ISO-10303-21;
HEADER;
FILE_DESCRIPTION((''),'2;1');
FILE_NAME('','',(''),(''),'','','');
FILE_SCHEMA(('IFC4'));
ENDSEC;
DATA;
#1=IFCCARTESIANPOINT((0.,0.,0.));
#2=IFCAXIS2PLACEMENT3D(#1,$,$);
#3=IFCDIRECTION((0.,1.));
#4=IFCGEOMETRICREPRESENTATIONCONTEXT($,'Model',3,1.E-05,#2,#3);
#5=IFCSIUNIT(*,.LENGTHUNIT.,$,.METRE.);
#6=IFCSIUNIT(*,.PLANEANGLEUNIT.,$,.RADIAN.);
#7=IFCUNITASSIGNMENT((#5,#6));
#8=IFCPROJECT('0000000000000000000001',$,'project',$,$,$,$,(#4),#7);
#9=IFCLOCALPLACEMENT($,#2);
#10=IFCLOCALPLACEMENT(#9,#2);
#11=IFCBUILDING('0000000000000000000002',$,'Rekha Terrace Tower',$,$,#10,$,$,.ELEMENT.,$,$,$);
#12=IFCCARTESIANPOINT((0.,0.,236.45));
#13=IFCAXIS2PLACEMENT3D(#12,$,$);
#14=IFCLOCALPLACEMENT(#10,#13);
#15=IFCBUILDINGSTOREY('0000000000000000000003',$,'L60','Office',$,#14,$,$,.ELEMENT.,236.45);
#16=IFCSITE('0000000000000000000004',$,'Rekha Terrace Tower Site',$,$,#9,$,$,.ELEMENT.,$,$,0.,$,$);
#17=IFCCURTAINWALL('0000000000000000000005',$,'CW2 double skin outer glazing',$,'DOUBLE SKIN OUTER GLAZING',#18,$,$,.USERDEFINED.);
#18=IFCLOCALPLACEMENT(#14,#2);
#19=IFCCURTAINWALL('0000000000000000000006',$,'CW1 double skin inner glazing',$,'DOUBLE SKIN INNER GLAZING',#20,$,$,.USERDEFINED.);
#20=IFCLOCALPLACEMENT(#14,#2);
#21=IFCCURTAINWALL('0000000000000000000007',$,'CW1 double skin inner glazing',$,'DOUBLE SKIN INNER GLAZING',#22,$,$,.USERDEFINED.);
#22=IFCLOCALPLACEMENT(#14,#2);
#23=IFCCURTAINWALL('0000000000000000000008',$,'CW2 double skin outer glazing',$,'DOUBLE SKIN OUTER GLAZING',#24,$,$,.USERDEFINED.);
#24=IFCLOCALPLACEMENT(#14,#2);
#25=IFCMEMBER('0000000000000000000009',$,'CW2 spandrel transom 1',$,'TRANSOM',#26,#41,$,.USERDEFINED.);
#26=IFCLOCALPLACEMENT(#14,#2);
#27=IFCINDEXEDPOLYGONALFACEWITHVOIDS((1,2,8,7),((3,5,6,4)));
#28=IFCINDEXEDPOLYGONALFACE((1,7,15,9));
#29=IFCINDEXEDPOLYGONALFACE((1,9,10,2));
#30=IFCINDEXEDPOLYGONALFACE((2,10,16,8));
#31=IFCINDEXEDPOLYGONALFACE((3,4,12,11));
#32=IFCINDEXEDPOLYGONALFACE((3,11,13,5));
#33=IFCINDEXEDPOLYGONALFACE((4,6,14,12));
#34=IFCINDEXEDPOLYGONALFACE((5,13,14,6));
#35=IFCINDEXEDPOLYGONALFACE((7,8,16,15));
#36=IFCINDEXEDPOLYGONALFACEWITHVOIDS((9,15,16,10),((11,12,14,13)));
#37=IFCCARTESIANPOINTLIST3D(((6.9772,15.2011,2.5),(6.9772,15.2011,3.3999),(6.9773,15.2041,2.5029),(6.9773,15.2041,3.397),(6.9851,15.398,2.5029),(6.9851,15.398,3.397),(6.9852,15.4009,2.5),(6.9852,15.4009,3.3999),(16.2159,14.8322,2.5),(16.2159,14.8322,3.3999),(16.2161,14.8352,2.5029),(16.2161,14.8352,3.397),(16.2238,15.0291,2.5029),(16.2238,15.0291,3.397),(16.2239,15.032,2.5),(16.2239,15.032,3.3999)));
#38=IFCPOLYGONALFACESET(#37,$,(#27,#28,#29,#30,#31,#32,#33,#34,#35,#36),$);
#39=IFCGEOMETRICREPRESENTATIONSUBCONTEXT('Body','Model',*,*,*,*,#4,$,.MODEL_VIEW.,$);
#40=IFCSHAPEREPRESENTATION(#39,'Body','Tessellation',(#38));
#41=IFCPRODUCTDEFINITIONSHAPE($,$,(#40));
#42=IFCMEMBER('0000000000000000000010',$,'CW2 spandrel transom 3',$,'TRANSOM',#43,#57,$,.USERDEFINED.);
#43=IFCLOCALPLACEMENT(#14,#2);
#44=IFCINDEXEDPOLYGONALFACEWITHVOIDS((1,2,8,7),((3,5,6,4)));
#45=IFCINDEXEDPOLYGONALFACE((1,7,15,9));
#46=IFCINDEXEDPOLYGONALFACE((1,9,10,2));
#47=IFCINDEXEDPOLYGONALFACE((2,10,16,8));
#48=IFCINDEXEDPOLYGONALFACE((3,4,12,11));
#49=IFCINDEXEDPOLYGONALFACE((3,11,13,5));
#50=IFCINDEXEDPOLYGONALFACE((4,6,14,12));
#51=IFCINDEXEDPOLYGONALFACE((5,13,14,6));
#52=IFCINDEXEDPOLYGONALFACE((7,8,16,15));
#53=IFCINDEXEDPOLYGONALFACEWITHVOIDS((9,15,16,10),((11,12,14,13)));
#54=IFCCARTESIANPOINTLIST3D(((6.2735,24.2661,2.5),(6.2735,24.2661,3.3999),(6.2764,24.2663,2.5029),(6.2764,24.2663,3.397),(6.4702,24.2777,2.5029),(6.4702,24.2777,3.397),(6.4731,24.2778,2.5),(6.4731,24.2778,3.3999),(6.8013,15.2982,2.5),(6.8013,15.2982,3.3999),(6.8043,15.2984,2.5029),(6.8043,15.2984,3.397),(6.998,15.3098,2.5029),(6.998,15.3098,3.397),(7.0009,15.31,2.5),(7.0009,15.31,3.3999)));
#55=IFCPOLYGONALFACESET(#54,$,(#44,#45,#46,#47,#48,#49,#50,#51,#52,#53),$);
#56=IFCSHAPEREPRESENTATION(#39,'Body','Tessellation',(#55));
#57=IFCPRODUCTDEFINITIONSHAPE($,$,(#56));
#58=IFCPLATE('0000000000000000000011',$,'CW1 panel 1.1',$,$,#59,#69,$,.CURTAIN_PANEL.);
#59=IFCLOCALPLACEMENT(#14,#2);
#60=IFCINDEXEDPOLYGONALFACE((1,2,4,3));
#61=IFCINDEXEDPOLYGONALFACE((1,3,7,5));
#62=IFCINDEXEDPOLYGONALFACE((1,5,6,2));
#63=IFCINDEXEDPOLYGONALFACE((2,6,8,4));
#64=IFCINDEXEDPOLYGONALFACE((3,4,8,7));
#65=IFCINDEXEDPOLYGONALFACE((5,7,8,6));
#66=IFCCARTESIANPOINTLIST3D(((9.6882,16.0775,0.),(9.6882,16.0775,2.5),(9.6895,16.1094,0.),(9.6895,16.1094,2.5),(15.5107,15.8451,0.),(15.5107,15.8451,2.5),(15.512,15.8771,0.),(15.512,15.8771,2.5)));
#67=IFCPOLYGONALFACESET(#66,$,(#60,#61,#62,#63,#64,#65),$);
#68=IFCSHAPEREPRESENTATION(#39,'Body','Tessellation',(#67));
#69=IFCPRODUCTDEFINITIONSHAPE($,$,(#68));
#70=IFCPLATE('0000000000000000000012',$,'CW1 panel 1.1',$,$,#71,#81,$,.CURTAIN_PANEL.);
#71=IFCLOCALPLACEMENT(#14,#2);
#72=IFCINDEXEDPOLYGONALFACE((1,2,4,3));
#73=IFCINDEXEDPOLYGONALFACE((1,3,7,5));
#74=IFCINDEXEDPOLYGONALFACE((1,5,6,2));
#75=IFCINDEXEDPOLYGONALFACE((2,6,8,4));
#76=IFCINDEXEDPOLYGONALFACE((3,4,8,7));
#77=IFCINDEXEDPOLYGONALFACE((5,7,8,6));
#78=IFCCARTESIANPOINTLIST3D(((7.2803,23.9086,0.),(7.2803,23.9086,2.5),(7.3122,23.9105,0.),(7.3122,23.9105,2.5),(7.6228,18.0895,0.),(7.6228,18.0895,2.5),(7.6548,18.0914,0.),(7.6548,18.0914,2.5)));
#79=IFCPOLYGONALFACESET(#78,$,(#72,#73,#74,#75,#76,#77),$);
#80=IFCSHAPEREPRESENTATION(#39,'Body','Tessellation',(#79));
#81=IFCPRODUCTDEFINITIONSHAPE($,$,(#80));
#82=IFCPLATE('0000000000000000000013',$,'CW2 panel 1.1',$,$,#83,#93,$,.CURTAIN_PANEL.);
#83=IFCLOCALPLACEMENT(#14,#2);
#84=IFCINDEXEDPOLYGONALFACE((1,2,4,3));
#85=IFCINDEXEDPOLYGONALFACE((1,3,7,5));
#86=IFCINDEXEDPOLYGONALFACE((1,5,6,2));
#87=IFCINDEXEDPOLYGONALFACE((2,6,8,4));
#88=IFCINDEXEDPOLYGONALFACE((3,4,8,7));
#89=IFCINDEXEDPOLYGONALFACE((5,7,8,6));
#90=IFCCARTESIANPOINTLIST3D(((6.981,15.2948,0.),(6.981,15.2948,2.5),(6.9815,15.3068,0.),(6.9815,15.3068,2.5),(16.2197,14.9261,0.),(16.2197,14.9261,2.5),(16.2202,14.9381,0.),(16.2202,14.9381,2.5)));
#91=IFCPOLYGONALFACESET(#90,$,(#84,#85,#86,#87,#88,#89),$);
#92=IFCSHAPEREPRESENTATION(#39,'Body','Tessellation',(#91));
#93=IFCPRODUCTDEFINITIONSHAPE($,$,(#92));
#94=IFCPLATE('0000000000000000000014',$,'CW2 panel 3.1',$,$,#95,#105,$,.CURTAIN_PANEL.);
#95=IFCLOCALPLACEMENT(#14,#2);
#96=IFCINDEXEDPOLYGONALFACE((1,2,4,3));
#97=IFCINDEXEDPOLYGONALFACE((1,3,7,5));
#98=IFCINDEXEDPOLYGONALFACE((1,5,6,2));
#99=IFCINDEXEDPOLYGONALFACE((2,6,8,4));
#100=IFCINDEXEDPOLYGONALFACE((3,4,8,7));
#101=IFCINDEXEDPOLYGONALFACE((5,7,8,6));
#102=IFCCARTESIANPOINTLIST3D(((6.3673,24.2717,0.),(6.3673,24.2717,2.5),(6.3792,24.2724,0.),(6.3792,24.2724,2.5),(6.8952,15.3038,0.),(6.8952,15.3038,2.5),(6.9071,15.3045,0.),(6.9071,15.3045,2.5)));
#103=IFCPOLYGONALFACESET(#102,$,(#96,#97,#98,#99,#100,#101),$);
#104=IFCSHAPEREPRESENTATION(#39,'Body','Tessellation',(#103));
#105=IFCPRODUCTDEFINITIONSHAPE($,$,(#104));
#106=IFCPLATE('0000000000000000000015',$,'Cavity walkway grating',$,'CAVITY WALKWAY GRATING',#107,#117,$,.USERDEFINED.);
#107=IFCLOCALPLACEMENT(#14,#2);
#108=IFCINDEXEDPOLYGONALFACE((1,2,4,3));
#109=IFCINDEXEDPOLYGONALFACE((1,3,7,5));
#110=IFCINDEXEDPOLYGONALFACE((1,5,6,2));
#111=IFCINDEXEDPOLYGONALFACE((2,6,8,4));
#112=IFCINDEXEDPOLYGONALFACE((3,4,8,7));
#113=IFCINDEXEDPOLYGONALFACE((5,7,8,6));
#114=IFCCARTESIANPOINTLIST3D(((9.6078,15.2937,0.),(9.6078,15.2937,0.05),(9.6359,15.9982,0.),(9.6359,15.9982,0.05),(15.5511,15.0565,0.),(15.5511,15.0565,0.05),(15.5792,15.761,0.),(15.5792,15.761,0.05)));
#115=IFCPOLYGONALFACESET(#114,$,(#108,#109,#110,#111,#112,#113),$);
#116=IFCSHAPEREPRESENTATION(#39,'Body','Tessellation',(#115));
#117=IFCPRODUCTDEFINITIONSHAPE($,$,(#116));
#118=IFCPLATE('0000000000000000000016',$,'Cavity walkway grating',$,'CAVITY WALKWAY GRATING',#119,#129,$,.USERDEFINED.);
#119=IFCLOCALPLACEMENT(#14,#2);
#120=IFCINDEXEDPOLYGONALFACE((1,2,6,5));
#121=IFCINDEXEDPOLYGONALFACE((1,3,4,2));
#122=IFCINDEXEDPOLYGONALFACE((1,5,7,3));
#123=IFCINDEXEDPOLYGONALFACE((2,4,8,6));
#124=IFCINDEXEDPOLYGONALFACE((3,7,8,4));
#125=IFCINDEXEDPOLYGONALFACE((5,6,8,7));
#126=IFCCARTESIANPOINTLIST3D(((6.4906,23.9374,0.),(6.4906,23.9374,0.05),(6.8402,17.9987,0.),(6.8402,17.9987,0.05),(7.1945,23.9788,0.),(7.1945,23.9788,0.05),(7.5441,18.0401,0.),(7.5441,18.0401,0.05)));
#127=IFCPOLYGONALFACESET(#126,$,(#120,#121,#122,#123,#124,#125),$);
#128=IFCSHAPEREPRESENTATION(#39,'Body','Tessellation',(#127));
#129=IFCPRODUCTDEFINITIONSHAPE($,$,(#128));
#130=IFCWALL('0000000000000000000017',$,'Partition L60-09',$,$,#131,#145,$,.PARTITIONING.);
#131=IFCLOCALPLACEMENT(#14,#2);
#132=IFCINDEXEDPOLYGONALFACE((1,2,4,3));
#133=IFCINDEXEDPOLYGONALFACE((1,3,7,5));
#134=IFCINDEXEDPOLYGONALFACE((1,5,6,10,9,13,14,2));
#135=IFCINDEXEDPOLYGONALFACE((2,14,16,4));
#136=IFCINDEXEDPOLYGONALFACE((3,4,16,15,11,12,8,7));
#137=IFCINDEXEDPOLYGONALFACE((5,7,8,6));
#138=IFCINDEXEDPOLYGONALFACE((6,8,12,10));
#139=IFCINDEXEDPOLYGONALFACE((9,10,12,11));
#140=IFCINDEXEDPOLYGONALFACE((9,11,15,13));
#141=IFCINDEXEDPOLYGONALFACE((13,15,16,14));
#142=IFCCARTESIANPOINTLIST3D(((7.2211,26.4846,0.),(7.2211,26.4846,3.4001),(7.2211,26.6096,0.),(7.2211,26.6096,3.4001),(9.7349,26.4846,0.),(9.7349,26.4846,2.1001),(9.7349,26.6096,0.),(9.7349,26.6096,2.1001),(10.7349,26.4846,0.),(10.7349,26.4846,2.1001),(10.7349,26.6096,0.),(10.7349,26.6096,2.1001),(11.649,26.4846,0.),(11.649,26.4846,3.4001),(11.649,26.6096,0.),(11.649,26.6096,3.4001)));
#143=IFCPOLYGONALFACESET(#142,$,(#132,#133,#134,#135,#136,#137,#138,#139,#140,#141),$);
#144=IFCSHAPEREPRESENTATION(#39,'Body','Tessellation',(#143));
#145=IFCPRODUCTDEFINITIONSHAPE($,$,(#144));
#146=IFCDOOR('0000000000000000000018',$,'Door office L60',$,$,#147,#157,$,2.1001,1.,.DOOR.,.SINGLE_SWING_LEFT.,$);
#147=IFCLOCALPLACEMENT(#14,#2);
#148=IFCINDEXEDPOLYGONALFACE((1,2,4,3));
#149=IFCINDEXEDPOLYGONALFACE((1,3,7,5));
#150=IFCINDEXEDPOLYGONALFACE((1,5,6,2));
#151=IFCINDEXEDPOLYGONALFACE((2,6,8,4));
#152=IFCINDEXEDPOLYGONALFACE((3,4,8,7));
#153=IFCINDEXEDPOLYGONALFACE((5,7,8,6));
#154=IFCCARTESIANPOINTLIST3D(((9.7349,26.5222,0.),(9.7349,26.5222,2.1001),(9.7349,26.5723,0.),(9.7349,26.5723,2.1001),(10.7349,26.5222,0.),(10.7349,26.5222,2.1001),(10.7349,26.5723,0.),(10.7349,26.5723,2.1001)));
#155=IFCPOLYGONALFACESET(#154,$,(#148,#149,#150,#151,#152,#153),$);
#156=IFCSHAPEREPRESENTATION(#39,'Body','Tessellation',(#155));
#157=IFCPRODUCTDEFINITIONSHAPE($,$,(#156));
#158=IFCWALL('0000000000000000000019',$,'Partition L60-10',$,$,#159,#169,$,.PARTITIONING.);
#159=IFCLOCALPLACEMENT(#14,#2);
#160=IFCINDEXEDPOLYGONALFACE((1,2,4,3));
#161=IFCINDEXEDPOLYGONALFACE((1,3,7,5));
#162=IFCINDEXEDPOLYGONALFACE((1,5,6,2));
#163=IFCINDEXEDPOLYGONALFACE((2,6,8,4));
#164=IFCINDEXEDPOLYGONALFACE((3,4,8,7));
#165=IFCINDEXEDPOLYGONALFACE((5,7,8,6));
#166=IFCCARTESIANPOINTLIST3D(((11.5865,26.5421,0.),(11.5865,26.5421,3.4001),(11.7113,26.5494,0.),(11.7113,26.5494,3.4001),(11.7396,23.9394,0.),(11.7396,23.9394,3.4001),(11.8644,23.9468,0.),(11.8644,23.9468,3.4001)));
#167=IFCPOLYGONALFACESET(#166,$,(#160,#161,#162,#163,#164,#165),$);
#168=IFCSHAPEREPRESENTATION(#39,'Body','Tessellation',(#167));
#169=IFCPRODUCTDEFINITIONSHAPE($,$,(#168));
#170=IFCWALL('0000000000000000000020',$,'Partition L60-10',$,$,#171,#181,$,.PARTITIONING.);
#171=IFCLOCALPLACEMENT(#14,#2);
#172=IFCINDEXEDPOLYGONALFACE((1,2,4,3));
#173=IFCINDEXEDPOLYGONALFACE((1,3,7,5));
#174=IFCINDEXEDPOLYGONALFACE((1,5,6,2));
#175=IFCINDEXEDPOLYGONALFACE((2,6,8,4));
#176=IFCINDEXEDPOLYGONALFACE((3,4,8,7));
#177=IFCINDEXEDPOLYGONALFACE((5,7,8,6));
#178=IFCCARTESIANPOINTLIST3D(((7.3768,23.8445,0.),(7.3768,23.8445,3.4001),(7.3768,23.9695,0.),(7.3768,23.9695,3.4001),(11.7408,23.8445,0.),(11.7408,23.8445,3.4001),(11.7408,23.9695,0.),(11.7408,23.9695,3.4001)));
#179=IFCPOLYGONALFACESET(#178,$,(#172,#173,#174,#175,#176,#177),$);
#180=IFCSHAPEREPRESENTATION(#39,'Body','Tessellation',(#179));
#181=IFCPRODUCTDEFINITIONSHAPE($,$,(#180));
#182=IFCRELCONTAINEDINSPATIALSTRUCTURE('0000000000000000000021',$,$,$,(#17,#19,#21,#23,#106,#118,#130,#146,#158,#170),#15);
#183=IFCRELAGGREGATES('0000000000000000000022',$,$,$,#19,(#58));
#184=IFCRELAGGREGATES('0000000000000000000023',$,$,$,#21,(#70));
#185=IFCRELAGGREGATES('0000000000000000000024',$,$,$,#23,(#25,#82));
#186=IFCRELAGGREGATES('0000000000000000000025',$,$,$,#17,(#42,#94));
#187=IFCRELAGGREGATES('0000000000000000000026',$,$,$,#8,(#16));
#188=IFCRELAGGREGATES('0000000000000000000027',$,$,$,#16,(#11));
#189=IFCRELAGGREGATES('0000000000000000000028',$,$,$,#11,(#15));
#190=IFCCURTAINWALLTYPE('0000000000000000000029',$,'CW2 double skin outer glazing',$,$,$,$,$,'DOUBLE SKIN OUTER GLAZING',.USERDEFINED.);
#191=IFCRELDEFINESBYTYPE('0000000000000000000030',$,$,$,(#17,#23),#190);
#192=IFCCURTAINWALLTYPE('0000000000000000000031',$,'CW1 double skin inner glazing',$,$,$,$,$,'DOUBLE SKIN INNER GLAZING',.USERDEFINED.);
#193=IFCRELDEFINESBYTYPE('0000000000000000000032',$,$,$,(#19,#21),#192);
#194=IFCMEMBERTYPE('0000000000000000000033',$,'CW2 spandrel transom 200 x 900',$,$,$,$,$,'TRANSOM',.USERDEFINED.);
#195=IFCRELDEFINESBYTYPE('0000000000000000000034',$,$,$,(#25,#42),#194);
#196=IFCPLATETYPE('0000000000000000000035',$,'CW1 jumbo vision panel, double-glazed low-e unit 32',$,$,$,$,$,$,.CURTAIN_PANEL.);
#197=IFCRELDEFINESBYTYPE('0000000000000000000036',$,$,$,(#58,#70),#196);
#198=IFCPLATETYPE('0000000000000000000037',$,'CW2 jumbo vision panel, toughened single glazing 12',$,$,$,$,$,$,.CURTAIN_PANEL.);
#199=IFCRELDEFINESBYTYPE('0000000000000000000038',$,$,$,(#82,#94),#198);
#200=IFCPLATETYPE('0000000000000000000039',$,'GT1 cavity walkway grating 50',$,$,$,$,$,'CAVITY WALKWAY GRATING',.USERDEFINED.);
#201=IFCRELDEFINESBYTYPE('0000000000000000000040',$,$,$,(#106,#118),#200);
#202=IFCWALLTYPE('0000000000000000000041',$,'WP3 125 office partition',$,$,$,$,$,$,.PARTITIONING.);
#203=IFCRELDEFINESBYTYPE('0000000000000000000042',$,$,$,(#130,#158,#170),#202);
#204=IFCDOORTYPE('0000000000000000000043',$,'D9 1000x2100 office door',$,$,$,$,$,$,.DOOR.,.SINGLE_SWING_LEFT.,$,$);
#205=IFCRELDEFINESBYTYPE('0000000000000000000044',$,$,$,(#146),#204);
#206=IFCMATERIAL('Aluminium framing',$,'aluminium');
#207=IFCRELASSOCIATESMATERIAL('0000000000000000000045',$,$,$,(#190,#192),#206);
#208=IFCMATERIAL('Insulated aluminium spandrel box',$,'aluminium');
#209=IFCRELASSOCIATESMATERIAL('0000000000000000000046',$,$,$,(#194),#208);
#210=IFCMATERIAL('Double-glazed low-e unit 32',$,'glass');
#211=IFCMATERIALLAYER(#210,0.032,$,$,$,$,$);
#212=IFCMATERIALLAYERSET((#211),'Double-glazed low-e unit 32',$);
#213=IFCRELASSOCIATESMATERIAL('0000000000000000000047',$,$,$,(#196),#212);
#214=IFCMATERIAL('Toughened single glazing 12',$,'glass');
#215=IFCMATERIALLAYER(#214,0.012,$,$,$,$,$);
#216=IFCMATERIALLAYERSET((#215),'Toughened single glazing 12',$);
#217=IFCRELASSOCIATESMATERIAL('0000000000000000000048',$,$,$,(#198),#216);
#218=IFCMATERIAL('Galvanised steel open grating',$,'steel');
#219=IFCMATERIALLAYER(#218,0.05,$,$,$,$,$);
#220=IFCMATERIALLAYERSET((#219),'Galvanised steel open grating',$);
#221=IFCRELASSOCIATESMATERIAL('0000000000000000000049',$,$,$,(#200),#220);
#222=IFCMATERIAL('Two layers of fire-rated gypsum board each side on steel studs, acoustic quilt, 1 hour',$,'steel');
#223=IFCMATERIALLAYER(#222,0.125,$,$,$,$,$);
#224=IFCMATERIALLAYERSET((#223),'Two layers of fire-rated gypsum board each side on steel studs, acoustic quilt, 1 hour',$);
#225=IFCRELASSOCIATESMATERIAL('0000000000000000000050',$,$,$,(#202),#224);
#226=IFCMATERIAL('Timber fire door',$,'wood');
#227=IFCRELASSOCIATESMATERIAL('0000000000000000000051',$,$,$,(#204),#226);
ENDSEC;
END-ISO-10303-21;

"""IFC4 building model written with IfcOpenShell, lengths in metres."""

from ifc_helpers import new_model, si_unit, direction, frame, frame_2d, origin, origin_2d, place, context, subcontext, project, spatial, rectangle, hollow_rectangle, extrude, material, layer, layer_set, material_profile, profile_set, type_object, element, fill, aggregate, save


model = new_model("IFC4")

# Units and contexts
model_context = context("Model", 3, precision=1e-05, world=origin(), true_north=direction((0.0, 1.0)))
body_context = subcontext(model_context, "Body", "Model", "MODEL_VIEW")
ifc_project = project(units=[si_unit("LENGTHUNIT", "METRE"), si_unit("PLANEANGLEUNIT", "RADIAN")], contexts=[model_context])

# Site, building, storey
site_placement = place(None, origin())
site = spatial("IfcSite", under=ifc_project, at=site_placement, Name="Rekha Terrace Tower Site", CompositionType="ELEMENT", RefElevation=0.0)
building_placement = place(site_placement, origin())
building = spatial("IfcBuilding", under=site, at=building_placement, Name="Rekha Terrace Tower", CompositionType="ELEMENT")
storey_placement = place(building_placement, frame((0.0, 0.0, 236.45)))
storey = spatial("IfcBuildingStorey", under=building, at=storey_placement, Name="L60", Description="Office", CompositionType="ELEMENT", Elevation=236.45)

# Curtain walls
ifc_material_1 = material(Name="Aluminium framing", Category="aluminium")
curtain_wall_type_1 = type_object("IfcCurtainWallType", Name="CW2 double skin outer glazing", ElementType="DOUBLE SKIN OUTER GLAZING", PredefinedType="USERDEFINED", material=ifc_material_1)
curtain_wall_1_placement = place(storey_placement, origin())
curtain_wall_1 = element("IfcCurtainWall", 1, at=curtain_wall_1_placement, inside=storey, type_object=curtain_wall_type_1, Name="CW2 double skin outer glazing", ObjectType="DOUBLE SKIN OUTER GLAZING", PredefinedType="USERDEFINED")
curtain_wall_type_2 = type_object("IfcCurtainWallType", Name="CW1 double skin inner glazing", ElementType="DOUBLE SKIN INNER GLAZING", PredefinedType="USERDEFINED", material=ifc_material_1)
curtain_wall_2_placement = place(storey_placement, origin())
curtain_wall_2 = element("IfcCurtainWall", 2, at=curtain_wall_2_placement, inside=storey, type_object=curtain_wall_type_2, Name="CW1 double skin inner glazing", ObjectType="DOUBLE SKIN INNER GLAZING", PredefinedType="USERDEFINED")

# Curtain wall
curtain_wall_3_placement = place(storey_placement, origin())
curtain_wall_3 = element("IfcCurtainWall", 3, at=curtain_wall_3_placement, inside=storey, type_object=curtain_wall_type_2, Name="CW1 double skin inner glazing", ObjectType="DOUBLE SKIN INNER GLAZING", PredefinedType="USERDEFINED")

# Shared definitions
ifc_material_2 = material(Name="Insulated aluminium spandrel box", Category="aluminium")

# Curtain wall
curtain_wall_4_placement = place(storey_placement, origin())
curtain_wall_4 = element("IfcCurtainWall", 4, at=curtain_wall_4_placement, inside=storey, type_object=curtain_wall_type_1, Name="CW2 double skin outer glazing", ObjectType="DOUBLE SKIN OUTER GLAZING", PredefinedType="USERDEFINED")

# Members
ifc_material_profile_1 = material_profile(ifc_material_2, hollow_rectangle(XDim=0.2, YDim=0.8999, WallThickness=0.0029, at=origin_2d()), Name="AL SPANDREL BOX 200x900")
ifc_profile_set_1 = profile_set([ifc_material_profile_1], Name="Insulated aluminium spandrel box")
member_type_1 = type_object("IfcMemberType", Name="CW2 spandrel transom 200 x 900", ElementType="TRANSOM", PredefinedType="USERDEFINED", material=ifc_profile_set_1)
member_1_placement = place(storey_placement, frame((6.9812, 15.301, 2.95), z_axis=(0.999204, -0.039897, 0.0), x_axis=(0.039897, 0.999204, 0.0)))
member_1 = element("IfcMember", 5, at=member_1_placement, type_object=member_type_1, Name="CW2 spandrel transom 1", ObjectType="TRANSOM", PredefinedType="USERDEFINED", context=body_context, shape_type="SweptSolid", body=[
    extrude(hollow_rectangle(XDim=0.2, YDim=0.8999, WallThickness=0.0029, at=origin_2d()), origin(), (0.0, 0.0, 1.0), 9.2461),
])
member_2_placement = place(storey_placement, frame((6.3733, 24.272, 2.95), z_axis=(0.058757, -0.998272, 0.0), x_axis=(0.998272, 0.058757, 0.0)))
member_2 = element("IfcMember", 6, at=member_2_placement, type_object=member_type_1, Name="CW2 spandrel transom 3", ObjectType="TRANSOM", PredefinedType="USERDEFINED", context=body_context, shape_type="SweptSolid", body=[
    extrude(hollow_rectangle(XDim=0.2, YDim=0.8999, WallThickness=0.0029, at=origin_2d()), origin(), (0.0, 0.0, 1.0), 8.9834),
])

# Plates
ifc_material_3 = material(Name="Double-glazed low-e unit 32", Category="glass")
ifc_layer_1 = layer(ifc_material_3, 0.032)
ifc_layer_set_1 = layer_set([ifc_layer_1], Name="Double-glazed low-e unit 32")
plate_type_1 = type_object("IfcPlateType", Name="CW1 jumbo vision panel, double-glazed low-e unit 32", PredefinedType="CURTAIN_PANEL", material=ifc_layer_set_1)
plate_1_placement = place(storey_placement, frame((12.6001, 15.9773, 0.0), z_axis=(0.0, 0.0, 1.0), x_axis=(0.999205, -0.039872, 0.0)))
plate_1 = element("IfcPlate", 7, at=plate_1_placement, type_object=plate_type_1, Name="CW1 panel 1.1", PredefinedType="CURTAIN_PANEL", context=body_context, shape_type="SweptSolid", body=[
    extrude(rectangle(XDim=5.8271, YDim=0.032, at=origin_2d()), origin(), (0.0, 0.0, 1.0), 2.5),
])
aggregate(curtain_wall_2, [plate_1])
plate_2_placement = place(storey_placement, frame((7.4675, 21.0, 0.0), z_axis=(0.0, 0.0, 1.0), x_axis=(0.058765, -0.998272, 0.0)))
plate_2 = element("IfcPlate", 8, at=plate_2_placement, type_object=plate_type_1, Name="CW1 panel 1.1", PredefinedType="CURTAIN_PANEL", context=body_context, shape_type="SweptSolid", body=[
    extrude(rectangle(XDim=5.8291, YDim=0.032, at=origin_2d()), origin(), (0.0, 0.0, 1.0), 2.5),
])
aggregate(curtain_wall_3, [plate_2])
ifc_material_4 = material(Name="Toughened single glazing 12", Category="glass")
ifc_layer_2 = layer(ifc_material_4, 0.012)
ifc_layer_set_2 = layer_set([ifc_layer_2], Name="Toughened single glazing 12")
plate_type_2 = type_object("IfcPlateType", Name="CW2 jumbo vision panel, toughened single glazing 12", PredefinedType="CURTAIN_PANEL", material=ifc_layer_set_2)
plate_3_placement = place(storey_placement, frame((11.6006, 15.1165, 0.0), z_axis=(0.0, 0.0, 1.0), x_axis=(0.999205, -0.039872, 0.0)))
plate_3 = element("IfcPlate", 9, at=plate_3_placement, type_object=plate_type_2, Name="CW2 panel 1.1", PredefinedType="CURTAIN_PANEL", context=body_context, shape_type="SweptSolid", body=[
    extrude(rectangle(XDim=9.2461, YDim=0.012, at=origin_2d()), origin(), (0.0, 0.0, 1.0), 2.5),
])
aggregate(curtain_wall_4, [member_1, plate_3])
plate_4_placement = place(storey_placement, frame((6.6372, 19.7881, 0.0), z_axis=(0.0, 0.0, 1.0), x_axis=(0.058765, -0.998272, 0.0)))
plate_4 = element("IfcPlate", 10, at=plate_4_placement, type_object=plate_type_2, Name="CW2 panel 3.1", PredefinedType="CURTAIN_PANEL", context=body_context, shape_type="SweptSolid", body=[
    extrude(rectangle(XDim=8.9834, YDim=0.012, at=origin_2d()), origin(), (0.0, 0.0, 1.0), 2.5),
])
aggregate(curtain_wall_1, [member_2, plate_4])

# Plates
ifc_material_5 = material(Name="Galvanised steel open grating", Category="steel")
ifc_layer_3 = layer(ifc_material_5, 0.05)
ifc_layer_set_3 = layer_set([ifc_layer_3], Name="Galvanised steel open grating")
plate_type_3 = type_object("IfcPlateType", Name="GT1 cavity walkway grating 50", ElementType="CAVITY WALKWAY GRATING", PredefinedType="USERDEFINED", material=ifc_layer_set_3)
plate_5_placement = place(storey_placement, frame((12.5935, 15.5273, 0.0), z_axis=(0.0, 0.0, 1.0), x_axis=(0.999205, -0.039872, 0.0)))
element("IfcPlate", 11, at=plate_5_placement, inside=storey, type_object=plate_type_3, Name="Cavity walkway grating", ObjectType="CAVITY WALKWAY GRATING", PredefinedType="USERDEFINED", context=body_context, shape_type="SweptSolid", body=[
    extrude(rectangle(XDim=5.948, YDim=0.7051, at=origin_2d()), origin(), (0.0, 0.0, 1.0), 0.05),
])
plate_6_placement = place(storey_placement, frame((7.0173, 20.9888, 0.0), z_axis=(0.0, 0.0, 1.0), x_axis=(0.058765, -0.998272, 0.0)))
element("IfcPlate", 12, at=plate_6_placement, inside=storey, type_object=plate_type_3, Name="Cavity walkway grating", ObjectType="CAVITY WALKWAY GRATING", PredefinedType="USERDEFINED", context=body_context, shape_type="SweptSolid", body=[
    extrude(rectangle(XDim=5.949, YDim=0.7051, at=origin_2d()), origin(), (0.0, 0.0, 1.0), 0.05),
])

# Wall, opening, door
ifc_material_6 = material(Name="Two layers of fire-rated gypsum board each side on steel studs, acoustic quilt, 1 hour", Category="steel")
ifc_layer_4 = layer(ifc_material_6, 0.125)
ifc_layer_set_4 = layer_set([ifc_layer_4], Name="Two layers of fire-rated gypsum board each side on steel studs, acoustic quilt, 1 hour")
wall_type = type_object("IfcWallType", Name="WP3 125 office partition", PredefinedType="PARTITIONING", material=ifc_layer_set_4)
wall_1_placement = place(storey_placement, frame((11.6489, 26.5471, 0.0), z_axis=(0.0, 0.0, 1.0), x_axis=(-1.0, 0.0, 0.0)))
wall_1 = element("IfcWall", 13, at=wall_1_placement, inside=storey, type_object=wall_type, Name="Partition L60-09", PredefinedType="PARTITIONING", context=body_context, shape_type="SweptSolid", body=[
    extrude(rectangle(XDim=4.428, YDim=0.125, at=frame_2d((2.2139, 0.0))), origin(), (0.0, 0.0, 1.0), 3.4001),
])
opening_1_placement = place(wall_1_placement, frame((0.9141, 0.0, 0.0)))
opening_1 = element("IfcOpeningElement", 14, at=opening_1_placement, cuts=wall_1, PredefinedType="OPENING", context=body_context, shape_type="SweptSolid", body=[
    extrude(rectangle(XDim=1.0, YDim=2.1001, at=frame_2d((0.5, 1.05))), frame((0.0, 0.0725, 0.0), z_axis=(0.0, -1.0, 0.0), x_axis=(1.0, 0.0, 0.0)), (0.0, 0.0, 1.0), 0.145),
])
ifc_material_7 = material(Name="Timber fire door", Category="wood")
door_type_1 = type_object("IfcDoorType", Name="D9 1000x2100 office door", OperationType="SINGLE_SWING_LEFT", PredefinedType="DOOR", material=ifc_material_7)
door_1_placement = place(opening_1_placement, origin())
door_1 = element("IfcDoor", 15, at=door_1_placement, inside=storey, type_object=door_type_1, Name="Door office L60", OperationType="SINGLE_SWING_LEFT", OverallHeight=2.1001, OverallWidth=1.0, PredefinedType="DOOR", context=body_context, shape_type="SweptSolid", body=[
    extrude(rectangle(XDim=1.0, YDim=2.1001, at=frame_2d((0.5, 1.05))), frame((0.0, 0.0249, 0.0), z_axis=(0.0, -1.0, 0.0), x_axis=(1.0, 0.0, 0.0)), (0.0, 0.0, 1.0), 0.05),
])
fill(opening_1, door_1)

# Walls
wall_2_placement = place(storey_placement, frame((11.6489, 26.5459, 0.0), z_axis=(0.0, 0.0, 1.0), x_axis=(0.058711, -0.998275, 0.0)))
element("IfcWall", 16, at=wall_2_placement, inside=storey, type_object=wall_type, Name="Partition L60-10", PredefinedType="PARTITIONING", context=body_context, shape_type="SweptSolid", body=[
    extrude(rectangle(XDim=2.6072, YDim=0.125, at=frame_2d((1.3037, 0.0))), origin(), (0.0, 0.0, 1.0), 3.4001),
])
wall_3_placement = place(storey_placement, frame((11.741, 23.907, 0.0), z_axis=(0.0, 0.0, 1.0), x_axis=(-1.0, 0.0, 0.0)))
element("IfcWall", 17, at=wall_3_placement, inside=storey, type_object=wall_type, Name="Partition L60-10", PredefinedType="PARTITIONING", context=body_context, shape_type="SweptSolid", body=[
    extrude(rectangle(XDim=4.364, YDim=0.125, at=frame_2d((2.1821, 0.0))), origin(), (0.0, 0.0, 1.0), 3.4001),
])

save(model, "model.ifc")
